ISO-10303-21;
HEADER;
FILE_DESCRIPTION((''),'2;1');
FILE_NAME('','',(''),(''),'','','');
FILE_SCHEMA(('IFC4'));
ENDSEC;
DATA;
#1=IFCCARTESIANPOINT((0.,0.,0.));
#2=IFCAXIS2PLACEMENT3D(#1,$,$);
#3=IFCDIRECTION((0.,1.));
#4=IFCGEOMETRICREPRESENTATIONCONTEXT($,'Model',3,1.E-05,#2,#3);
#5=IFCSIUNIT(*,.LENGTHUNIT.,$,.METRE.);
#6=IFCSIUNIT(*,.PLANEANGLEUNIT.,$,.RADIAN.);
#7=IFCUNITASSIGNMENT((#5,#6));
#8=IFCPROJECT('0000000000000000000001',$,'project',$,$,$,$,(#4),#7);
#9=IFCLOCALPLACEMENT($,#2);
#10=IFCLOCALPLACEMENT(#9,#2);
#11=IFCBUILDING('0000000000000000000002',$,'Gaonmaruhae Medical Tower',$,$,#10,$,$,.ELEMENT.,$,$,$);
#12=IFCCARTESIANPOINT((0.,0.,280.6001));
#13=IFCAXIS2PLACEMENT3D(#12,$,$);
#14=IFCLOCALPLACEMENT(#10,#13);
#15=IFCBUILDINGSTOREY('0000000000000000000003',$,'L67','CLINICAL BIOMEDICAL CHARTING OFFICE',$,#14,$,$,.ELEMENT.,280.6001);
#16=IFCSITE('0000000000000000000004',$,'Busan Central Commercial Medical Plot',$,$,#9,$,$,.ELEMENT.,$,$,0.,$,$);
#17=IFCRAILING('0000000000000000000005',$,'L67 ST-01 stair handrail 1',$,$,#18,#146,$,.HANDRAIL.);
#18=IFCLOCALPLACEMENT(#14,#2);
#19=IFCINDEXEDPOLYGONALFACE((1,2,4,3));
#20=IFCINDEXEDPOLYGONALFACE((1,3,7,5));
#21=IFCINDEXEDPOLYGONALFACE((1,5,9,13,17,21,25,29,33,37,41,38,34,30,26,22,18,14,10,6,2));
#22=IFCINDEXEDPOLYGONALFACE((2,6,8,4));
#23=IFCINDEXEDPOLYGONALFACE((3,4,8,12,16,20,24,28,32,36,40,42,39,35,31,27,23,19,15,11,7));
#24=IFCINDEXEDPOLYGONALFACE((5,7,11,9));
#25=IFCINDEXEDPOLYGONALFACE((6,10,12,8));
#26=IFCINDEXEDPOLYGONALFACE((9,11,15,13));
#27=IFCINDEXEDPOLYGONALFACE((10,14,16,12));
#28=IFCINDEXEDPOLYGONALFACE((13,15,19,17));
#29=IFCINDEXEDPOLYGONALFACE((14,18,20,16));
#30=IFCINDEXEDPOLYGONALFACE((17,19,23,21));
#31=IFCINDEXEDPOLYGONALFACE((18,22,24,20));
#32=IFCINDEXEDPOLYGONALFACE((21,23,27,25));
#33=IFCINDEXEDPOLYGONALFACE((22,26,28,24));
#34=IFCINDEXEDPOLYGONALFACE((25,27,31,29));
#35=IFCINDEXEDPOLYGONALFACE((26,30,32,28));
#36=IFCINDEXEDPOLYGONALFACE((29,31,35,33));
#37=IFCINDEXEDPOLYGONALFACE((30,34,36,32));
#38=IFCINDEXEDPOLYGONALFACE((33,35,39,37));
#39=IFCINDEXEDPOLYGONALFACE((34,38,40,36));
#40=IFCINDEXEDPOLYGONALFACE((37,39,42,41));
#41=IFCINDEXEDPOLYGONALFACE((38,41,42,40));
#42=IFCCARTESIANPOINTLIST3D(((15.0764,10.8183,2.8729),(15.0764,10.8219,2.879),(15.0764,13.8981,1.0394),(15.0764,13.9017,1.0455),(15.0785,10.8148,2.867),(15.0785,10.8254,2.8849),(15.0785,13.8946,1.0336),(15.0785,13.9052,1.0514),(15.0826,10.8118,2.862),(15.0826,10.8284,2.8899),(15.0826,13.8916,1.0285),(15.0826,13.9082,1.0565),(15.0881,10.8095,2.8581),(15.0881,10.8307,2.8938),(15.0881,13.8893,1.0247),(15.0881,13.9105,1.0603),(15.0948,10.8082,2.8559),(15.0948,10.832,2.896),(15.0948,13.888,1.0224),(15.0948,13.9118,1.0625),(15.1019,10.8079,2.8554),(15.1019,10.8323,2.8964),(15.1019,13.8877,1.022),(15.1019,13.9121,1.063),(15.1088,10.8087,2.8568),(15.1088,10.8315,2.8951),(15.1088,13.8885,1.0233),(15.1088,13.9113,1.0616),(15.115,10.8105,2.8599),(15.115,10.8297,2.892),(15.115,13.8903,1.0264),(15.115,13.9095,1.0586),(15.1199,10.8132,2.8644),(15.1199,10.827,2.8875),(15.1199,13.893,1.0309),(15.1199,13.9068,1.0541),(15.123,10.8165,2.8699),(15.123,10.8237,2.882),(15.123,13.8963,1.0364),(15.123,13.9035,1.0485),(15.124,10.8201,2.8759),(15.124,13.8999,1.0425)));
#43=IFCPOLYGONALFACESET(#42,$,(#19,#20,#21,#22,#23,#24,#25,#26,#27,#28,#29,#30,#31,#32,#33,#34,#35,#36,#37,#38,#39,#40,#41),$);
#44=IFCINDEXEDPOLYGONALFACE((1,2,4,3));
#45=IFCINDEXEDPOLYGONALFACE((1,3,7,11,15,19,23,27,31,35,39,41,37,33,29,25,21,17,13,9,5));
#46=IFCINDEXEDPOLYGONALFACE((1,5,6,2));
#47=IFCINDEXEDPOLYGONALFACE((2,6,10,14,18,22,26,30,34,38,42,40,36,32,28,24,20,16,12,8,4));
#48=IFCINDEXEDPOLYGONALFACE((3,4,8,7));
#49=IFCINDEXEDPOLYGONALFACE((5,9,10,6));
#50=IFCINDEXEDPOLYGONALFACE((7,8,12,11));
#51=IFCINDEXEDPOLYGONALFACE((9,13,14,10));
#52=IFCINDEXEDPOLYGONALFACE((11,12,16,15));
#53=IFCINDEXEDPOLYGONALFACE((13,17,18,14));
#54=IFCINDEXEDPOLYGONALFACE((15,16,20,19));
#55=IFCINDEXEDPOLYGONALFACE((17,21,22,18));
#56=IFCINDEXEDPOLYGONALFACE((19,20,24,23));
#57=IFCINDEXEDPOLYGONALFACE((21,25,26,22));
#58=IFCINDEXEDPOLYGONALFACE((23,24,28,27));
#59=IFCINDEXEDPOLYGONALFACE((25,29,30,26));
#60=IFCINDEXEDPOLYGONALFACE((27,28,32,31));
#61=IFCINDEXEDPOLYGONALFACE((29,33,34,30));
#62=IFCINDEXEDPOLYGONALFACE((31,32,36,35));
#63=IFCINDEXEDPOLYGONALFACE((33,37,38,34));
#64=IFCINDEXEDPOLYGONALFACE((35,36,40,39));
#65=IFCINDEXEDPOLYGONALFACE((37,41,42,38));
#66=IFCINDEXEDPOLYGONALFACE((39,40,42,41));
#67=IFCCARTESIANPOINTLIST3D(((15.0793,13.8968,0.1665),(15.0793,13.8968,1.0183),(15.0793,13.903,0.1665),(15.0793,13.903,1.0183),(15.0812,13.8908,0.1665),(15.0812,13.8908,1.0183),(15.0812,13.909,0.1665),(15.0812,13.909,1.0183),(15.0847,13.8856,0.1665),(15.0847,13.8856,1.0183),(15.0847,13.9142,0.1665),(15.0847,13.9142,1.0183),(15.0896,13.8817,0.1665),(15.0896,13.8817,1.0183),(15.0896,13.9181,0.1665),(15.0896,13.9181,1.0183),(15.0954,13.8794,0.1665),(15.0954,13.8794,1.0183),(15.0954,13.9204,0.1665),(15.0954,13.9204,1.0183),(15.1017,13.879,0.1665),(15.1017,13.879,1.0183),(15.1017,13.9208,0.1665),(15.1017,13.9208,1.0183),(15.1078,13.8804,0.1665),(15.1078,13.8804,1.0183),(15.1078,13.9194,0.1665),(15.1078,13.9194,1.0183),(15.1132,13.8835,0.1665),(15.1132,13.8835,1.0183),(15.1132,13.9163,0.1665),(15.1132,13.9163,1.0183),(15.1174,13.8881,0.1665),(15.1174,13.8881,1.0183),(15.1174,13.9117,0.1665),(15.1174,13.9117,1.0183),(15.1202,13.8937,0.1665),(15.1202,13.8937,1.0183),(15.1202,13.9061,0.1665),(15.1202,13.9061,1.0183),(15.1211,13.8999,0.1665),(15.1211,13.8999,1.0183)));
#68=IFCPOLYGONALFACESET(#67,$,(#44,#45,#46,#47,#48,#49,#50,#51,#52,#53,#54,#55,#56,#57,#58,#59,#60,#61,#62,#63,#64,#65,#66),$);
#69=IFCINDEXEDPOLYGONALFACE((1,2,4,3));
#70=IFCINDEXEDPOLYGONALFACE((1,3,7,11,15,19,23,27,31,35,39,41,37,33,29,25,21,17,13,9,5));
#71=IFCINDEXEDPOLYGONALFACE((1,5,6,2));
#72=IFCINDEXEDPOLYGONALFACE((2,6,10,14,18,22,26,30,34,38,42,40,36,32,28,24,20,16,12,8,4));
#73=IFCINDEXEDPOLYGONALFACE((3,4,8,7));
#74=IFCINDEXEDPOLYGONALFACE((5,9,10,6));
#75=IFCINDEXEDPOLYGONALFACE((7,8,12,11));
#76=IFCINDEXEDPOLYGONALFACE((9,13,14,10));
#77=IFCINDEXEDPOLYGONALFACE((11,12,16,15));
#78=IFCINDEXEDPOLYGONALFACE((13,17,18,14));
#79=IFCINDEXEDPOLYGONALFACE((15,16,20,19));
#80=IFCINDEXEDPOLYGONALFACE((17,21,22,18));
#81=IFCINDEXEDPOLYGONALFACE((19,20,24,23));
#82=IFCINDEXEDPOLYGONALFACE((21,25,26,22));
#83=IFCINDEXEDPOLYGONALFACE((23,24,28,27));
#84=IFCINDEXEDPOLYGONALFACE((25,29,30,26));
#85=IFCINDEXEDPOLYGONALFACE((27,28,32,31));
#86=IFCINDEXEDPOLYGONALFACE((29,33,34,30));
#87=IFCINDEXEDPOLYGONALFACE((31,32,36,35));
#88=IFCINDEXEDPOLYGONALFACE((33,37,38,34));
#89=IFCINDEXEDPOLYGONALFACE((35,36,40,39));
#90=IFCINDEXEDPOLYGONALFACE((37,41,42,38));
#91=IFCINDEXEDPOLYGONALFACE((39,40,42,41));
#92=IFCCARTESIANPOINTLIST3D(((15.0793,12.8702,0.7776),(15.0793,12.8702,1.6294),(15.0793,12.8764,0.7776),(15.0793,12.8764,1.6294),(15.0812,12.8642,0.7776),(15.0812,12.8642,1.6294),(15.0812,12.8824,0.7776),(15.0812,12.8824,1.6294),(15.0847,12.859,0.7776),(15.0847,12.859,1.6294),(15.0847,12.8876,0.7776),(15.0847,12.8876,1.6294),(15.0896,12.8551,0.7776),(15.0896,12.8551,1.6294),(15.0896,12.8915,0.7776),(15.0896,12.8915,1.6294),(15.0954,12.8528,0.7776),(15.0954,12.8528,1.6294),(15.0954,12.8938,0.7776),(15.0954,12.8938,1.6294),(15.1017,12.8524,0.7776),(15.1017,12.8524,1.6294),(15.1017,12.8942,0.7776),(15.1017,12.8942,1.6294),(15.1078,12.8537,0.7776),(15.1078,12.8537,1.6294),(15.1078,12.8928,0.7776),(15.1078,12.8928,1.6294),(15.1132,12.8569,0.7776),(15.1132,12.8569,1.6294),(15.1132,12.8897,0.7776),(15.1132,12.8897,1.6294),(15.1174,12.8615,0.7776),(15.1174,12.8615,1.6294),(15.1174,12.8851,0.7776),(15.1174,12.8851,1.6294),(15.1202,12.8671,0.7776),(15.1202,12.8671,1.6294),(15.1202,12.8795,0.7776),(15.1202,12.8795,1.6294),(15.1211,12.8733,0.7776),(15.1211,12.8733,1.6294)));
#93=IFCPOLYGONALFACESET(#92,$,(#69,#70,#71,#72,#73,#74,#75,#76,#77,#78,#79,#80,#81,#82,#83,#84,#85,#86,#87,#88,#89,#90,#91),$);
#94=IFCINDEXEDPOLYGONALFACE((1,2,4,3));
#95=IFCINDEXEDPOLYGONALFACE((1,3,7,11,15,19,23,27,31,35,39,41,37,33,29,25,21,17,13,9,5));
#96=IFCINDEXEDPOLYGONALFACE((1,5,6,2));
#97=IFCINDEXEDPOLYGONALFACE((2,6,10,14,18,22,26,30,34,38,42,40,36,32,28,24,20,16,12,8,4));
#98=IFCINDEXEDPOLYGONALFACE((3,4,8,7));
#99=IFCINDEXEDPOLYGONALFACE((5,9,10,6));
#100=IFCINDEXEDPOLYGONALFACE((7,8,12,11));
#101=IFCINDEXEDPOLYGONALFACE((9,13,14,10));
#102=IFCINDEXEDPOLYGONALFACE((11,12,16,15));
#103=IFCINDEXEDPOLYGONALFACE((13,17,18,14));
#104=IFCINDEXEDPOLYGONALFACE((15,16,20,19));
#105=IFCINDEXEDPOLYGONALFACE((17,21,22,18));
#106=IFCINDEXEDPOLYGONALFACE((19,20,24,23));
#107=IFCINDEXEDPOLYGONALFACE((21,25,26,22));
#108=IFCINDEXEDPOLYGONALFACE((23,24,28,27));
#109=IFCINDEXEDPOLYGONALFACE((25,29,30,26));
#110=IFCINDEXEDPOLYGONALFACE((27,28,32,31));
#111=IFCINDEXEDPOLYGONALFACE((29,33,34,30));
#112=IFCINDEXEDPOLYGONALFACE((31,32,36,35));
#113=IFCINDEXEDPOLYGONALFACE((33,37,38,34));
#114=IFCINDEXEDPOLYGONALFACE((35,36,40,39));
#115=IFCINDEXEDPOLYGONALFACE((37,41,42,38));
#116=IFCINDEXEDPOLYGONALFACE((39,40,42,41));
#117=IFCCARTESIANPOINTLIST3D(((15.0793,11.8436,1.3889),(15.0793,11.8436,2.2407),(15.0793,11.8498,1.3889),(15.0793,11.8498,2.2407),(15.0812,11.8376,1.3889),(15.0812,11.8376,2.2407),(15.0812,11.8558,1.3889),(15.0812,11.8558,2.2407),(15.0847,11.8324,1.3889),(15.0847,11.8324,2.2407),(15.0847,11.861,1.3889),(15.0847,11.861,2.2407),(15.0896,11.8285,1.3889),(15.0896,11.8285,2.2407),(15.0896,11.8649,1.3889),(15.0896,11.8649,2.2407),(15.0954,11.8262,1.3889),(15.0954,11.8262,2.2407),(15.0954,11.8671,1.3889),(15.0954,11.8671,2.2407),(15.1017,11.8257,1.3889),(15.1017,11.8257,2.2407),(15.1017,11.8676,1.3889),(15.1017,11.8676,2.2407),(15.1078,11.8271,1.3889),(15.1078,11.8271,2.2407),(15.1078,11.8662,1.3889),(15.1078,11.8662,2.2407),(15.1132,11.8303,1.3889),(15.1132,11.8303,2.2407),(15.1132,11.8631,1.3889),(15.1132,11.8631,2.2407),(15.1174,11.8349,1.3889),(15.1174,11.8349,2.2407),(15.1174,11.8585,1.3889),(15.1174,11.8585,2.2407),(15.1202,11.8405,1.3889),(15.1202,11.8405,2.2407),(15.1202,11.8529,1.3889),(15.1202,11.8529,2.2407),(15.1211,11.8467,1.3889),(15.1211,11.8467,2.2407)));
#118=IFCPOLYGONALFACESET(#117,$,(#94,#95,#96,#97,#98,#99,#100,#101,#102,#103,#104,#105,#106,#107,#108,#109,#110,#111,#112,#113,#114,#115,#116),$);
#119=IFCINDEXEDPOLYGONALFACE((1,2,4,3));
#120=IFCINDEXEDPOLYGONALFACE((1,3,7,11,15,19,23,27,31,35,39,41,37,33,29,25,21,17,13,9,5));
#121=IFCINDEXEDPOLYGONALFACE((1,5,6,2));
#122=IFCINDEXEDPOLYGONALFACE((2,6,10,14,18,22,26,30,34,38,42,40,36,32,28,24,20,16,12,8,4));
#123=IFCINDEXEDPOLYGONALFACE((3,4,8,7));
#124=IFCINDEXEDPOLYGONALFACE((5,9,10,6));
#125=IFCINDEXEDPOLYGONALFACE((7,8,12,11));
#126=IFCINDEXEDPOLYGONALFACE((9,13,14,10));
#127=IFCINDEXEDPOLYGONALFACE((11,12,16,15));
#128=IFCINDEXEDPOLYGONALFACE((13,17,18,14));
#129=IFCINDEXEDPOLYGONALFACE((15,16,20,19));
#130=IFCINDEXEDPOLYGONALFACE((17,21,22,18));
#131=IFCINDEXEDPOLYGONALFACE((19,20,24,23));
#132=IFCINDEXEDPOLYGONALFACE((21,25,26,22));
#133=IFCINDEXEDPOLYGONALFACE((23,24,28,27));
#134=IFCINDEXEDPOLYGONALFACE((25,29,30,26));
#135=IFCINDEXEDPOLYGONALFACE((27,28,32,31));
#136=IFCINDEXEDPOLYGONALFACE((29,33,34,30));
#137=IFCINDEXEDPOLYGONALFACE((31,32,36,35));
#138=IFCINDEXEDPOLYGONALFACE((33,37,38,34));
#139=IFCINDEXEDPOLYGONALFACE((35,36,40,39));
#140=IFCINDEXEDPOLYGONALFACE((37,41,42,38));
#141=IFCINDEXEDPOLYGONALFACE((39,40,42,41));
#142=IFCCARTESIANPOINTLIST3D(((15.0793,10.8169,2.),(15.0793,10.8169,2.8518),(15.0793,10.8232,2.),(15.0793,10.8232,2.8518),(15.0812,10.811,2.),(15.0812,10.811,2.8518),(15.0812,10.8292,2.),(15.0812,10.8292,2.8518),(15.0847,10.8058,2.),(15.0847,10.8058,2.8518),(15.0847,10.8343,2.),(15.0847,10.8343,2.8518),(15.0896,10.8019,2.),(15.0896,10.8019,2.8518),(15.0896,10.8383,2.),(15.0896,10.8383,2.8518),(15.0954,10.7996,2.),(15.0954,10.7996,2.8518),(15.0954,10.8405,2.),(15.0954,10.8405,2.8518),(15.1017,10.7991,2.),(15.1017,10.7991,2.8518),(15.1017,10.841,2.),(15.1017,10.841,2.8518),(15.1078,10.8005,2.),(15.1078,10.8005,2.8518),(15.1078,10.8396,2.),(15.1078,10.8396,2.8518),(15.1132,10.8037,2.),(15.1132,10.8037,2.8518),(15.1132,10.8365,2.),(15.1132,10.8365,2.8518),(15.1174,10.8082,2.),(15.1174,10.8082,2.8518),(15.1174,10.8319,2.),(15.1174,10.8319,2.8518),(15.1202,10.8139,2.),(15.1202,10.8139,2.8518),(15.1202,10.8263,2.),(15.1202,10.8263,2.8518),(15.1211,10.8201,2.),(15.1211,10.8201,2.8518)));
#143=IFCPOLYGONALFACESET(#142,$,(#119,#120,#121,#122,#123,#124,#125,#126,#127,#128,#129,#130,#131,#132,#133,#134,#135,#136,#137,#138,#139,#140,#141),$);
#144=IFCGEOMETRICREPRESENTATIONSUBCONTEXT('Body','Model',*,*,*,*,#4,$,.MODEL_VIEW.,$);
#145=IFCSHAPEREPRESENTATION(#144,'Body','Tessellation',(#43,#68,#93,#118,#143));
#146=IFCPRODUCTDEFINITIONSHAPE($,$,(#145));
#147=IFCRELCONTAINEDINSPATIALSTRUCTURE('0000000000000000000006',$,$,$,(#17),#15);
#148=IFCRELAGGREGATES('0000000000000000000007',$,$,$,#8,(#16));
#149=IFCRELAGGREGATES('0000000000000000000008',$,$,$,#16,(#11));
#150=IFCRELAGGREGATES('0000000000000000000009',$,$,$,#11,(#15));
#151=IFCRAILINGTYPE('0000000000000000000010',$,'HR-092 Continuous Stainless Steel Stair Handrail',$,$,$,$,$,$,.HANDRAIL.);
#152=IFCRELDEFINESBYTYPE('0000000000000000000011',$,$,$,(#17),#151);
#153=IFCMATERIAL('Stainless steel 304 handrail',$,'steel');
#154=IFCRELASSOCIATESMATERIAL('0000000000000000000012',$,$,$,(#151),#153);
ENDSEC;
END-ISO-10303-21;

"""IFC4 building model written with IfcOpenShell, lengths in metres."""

from ifc_helpers import new_model, si_unit, direction, frame, origin, origin_2d, place, context, subcontext, project, spatial, circle, extrude, material, type_object, element, save


model = new_model("IFC4")

# Units and contexts
model_context = context("Model", 3, precision=1e-05, world=origin(), true_north=direction((0.0, 1.0)))
body_context = subcontext(model_context, "Body", "Model", "MODEL_VIEW")
ifc_project = project(units=[si_unit("LENGTHUNIT", "METRE"), si_unit("PLANEANGLEUNIT", "RADIAN")], contexts=[model_context])

# Site, building, storey
site_placement = place(None, origin())
site = spatial("IfcSite", under=ifc_project, at=site_placement, Name="Busan Central Commercial Medical Plot", CompositionType="ELEMENT", RefElevation=0.0)
building_placement = place(site_placement, origin())
building = spatial("IfcBuilding", under=site, at=building_placement, Name="Gaonmaruhae Medical Tower", CompositionType="ELEMENT")
storey_placement = place(building_placement, frame((0.0, 0.0, 280.6001)))
storey = spatial("IfcBuildingStorey", under=building, at=storey_placement, Name="L67", Description="CLINICAL BIOMEDICAL CHARTING OFFICE", CompositionType="ELEMENT", Elevation=280.6001)

# Railing
ifc_material_1 = material(Name="Stainless steel 304 handrail", Category="steel")
railing_type_1 = type_object("IfcRailingType", Name="HR-092 Continuous Stainless Steel Stair Handrail", PredefinedType="HANDRAIL", material=ifc_material_1)
railing_1_placement = place(storey_placement, frame((15.1001, 13.8999, 0.1665)))
element("IfcRailing", 1, at=railing_1_placement, inside=storey, type_object=railing_type_1, Name="L67 ST-01 stair handrail 1", PredefinedType="HANDRAIL", context=body_context, shape_type="SweptSolid", body=[
    extrude(circle(Radius=0.0239, at=origin_2d()), frame((0.0, 0.0, 0.876), z_axis=(0.0, -0.859261, 0.511538), x_axis=(1.0, 0.0, 0.0)), (0.0, 0.0, 1.0), 3.5842),
    extrude(circle(Radius=0.021, at=origin_2d()), origin(), (0.0, 0.0, 1.0), 0.8518),
    extrude(circle(Radius=0.021, at=origin_2d()), frame((0.0, -1.0266, 0.6111)), (0.0, 0.0, 1.0), 0.8518),
    extrude(circle(Radius=0.021, at=origin_2d()), frame((0.0, -2.0532, 1.2224)), (0.0, 0.0, 1.0), 0.8518),
    extrude(circle(Radius=0.021, at=origin_2d()), frame((0.0, -3.0798, 1.8335)), (0.0, 0.0, 1.0), 0.8518),
])

save(model, "model.ifc")
